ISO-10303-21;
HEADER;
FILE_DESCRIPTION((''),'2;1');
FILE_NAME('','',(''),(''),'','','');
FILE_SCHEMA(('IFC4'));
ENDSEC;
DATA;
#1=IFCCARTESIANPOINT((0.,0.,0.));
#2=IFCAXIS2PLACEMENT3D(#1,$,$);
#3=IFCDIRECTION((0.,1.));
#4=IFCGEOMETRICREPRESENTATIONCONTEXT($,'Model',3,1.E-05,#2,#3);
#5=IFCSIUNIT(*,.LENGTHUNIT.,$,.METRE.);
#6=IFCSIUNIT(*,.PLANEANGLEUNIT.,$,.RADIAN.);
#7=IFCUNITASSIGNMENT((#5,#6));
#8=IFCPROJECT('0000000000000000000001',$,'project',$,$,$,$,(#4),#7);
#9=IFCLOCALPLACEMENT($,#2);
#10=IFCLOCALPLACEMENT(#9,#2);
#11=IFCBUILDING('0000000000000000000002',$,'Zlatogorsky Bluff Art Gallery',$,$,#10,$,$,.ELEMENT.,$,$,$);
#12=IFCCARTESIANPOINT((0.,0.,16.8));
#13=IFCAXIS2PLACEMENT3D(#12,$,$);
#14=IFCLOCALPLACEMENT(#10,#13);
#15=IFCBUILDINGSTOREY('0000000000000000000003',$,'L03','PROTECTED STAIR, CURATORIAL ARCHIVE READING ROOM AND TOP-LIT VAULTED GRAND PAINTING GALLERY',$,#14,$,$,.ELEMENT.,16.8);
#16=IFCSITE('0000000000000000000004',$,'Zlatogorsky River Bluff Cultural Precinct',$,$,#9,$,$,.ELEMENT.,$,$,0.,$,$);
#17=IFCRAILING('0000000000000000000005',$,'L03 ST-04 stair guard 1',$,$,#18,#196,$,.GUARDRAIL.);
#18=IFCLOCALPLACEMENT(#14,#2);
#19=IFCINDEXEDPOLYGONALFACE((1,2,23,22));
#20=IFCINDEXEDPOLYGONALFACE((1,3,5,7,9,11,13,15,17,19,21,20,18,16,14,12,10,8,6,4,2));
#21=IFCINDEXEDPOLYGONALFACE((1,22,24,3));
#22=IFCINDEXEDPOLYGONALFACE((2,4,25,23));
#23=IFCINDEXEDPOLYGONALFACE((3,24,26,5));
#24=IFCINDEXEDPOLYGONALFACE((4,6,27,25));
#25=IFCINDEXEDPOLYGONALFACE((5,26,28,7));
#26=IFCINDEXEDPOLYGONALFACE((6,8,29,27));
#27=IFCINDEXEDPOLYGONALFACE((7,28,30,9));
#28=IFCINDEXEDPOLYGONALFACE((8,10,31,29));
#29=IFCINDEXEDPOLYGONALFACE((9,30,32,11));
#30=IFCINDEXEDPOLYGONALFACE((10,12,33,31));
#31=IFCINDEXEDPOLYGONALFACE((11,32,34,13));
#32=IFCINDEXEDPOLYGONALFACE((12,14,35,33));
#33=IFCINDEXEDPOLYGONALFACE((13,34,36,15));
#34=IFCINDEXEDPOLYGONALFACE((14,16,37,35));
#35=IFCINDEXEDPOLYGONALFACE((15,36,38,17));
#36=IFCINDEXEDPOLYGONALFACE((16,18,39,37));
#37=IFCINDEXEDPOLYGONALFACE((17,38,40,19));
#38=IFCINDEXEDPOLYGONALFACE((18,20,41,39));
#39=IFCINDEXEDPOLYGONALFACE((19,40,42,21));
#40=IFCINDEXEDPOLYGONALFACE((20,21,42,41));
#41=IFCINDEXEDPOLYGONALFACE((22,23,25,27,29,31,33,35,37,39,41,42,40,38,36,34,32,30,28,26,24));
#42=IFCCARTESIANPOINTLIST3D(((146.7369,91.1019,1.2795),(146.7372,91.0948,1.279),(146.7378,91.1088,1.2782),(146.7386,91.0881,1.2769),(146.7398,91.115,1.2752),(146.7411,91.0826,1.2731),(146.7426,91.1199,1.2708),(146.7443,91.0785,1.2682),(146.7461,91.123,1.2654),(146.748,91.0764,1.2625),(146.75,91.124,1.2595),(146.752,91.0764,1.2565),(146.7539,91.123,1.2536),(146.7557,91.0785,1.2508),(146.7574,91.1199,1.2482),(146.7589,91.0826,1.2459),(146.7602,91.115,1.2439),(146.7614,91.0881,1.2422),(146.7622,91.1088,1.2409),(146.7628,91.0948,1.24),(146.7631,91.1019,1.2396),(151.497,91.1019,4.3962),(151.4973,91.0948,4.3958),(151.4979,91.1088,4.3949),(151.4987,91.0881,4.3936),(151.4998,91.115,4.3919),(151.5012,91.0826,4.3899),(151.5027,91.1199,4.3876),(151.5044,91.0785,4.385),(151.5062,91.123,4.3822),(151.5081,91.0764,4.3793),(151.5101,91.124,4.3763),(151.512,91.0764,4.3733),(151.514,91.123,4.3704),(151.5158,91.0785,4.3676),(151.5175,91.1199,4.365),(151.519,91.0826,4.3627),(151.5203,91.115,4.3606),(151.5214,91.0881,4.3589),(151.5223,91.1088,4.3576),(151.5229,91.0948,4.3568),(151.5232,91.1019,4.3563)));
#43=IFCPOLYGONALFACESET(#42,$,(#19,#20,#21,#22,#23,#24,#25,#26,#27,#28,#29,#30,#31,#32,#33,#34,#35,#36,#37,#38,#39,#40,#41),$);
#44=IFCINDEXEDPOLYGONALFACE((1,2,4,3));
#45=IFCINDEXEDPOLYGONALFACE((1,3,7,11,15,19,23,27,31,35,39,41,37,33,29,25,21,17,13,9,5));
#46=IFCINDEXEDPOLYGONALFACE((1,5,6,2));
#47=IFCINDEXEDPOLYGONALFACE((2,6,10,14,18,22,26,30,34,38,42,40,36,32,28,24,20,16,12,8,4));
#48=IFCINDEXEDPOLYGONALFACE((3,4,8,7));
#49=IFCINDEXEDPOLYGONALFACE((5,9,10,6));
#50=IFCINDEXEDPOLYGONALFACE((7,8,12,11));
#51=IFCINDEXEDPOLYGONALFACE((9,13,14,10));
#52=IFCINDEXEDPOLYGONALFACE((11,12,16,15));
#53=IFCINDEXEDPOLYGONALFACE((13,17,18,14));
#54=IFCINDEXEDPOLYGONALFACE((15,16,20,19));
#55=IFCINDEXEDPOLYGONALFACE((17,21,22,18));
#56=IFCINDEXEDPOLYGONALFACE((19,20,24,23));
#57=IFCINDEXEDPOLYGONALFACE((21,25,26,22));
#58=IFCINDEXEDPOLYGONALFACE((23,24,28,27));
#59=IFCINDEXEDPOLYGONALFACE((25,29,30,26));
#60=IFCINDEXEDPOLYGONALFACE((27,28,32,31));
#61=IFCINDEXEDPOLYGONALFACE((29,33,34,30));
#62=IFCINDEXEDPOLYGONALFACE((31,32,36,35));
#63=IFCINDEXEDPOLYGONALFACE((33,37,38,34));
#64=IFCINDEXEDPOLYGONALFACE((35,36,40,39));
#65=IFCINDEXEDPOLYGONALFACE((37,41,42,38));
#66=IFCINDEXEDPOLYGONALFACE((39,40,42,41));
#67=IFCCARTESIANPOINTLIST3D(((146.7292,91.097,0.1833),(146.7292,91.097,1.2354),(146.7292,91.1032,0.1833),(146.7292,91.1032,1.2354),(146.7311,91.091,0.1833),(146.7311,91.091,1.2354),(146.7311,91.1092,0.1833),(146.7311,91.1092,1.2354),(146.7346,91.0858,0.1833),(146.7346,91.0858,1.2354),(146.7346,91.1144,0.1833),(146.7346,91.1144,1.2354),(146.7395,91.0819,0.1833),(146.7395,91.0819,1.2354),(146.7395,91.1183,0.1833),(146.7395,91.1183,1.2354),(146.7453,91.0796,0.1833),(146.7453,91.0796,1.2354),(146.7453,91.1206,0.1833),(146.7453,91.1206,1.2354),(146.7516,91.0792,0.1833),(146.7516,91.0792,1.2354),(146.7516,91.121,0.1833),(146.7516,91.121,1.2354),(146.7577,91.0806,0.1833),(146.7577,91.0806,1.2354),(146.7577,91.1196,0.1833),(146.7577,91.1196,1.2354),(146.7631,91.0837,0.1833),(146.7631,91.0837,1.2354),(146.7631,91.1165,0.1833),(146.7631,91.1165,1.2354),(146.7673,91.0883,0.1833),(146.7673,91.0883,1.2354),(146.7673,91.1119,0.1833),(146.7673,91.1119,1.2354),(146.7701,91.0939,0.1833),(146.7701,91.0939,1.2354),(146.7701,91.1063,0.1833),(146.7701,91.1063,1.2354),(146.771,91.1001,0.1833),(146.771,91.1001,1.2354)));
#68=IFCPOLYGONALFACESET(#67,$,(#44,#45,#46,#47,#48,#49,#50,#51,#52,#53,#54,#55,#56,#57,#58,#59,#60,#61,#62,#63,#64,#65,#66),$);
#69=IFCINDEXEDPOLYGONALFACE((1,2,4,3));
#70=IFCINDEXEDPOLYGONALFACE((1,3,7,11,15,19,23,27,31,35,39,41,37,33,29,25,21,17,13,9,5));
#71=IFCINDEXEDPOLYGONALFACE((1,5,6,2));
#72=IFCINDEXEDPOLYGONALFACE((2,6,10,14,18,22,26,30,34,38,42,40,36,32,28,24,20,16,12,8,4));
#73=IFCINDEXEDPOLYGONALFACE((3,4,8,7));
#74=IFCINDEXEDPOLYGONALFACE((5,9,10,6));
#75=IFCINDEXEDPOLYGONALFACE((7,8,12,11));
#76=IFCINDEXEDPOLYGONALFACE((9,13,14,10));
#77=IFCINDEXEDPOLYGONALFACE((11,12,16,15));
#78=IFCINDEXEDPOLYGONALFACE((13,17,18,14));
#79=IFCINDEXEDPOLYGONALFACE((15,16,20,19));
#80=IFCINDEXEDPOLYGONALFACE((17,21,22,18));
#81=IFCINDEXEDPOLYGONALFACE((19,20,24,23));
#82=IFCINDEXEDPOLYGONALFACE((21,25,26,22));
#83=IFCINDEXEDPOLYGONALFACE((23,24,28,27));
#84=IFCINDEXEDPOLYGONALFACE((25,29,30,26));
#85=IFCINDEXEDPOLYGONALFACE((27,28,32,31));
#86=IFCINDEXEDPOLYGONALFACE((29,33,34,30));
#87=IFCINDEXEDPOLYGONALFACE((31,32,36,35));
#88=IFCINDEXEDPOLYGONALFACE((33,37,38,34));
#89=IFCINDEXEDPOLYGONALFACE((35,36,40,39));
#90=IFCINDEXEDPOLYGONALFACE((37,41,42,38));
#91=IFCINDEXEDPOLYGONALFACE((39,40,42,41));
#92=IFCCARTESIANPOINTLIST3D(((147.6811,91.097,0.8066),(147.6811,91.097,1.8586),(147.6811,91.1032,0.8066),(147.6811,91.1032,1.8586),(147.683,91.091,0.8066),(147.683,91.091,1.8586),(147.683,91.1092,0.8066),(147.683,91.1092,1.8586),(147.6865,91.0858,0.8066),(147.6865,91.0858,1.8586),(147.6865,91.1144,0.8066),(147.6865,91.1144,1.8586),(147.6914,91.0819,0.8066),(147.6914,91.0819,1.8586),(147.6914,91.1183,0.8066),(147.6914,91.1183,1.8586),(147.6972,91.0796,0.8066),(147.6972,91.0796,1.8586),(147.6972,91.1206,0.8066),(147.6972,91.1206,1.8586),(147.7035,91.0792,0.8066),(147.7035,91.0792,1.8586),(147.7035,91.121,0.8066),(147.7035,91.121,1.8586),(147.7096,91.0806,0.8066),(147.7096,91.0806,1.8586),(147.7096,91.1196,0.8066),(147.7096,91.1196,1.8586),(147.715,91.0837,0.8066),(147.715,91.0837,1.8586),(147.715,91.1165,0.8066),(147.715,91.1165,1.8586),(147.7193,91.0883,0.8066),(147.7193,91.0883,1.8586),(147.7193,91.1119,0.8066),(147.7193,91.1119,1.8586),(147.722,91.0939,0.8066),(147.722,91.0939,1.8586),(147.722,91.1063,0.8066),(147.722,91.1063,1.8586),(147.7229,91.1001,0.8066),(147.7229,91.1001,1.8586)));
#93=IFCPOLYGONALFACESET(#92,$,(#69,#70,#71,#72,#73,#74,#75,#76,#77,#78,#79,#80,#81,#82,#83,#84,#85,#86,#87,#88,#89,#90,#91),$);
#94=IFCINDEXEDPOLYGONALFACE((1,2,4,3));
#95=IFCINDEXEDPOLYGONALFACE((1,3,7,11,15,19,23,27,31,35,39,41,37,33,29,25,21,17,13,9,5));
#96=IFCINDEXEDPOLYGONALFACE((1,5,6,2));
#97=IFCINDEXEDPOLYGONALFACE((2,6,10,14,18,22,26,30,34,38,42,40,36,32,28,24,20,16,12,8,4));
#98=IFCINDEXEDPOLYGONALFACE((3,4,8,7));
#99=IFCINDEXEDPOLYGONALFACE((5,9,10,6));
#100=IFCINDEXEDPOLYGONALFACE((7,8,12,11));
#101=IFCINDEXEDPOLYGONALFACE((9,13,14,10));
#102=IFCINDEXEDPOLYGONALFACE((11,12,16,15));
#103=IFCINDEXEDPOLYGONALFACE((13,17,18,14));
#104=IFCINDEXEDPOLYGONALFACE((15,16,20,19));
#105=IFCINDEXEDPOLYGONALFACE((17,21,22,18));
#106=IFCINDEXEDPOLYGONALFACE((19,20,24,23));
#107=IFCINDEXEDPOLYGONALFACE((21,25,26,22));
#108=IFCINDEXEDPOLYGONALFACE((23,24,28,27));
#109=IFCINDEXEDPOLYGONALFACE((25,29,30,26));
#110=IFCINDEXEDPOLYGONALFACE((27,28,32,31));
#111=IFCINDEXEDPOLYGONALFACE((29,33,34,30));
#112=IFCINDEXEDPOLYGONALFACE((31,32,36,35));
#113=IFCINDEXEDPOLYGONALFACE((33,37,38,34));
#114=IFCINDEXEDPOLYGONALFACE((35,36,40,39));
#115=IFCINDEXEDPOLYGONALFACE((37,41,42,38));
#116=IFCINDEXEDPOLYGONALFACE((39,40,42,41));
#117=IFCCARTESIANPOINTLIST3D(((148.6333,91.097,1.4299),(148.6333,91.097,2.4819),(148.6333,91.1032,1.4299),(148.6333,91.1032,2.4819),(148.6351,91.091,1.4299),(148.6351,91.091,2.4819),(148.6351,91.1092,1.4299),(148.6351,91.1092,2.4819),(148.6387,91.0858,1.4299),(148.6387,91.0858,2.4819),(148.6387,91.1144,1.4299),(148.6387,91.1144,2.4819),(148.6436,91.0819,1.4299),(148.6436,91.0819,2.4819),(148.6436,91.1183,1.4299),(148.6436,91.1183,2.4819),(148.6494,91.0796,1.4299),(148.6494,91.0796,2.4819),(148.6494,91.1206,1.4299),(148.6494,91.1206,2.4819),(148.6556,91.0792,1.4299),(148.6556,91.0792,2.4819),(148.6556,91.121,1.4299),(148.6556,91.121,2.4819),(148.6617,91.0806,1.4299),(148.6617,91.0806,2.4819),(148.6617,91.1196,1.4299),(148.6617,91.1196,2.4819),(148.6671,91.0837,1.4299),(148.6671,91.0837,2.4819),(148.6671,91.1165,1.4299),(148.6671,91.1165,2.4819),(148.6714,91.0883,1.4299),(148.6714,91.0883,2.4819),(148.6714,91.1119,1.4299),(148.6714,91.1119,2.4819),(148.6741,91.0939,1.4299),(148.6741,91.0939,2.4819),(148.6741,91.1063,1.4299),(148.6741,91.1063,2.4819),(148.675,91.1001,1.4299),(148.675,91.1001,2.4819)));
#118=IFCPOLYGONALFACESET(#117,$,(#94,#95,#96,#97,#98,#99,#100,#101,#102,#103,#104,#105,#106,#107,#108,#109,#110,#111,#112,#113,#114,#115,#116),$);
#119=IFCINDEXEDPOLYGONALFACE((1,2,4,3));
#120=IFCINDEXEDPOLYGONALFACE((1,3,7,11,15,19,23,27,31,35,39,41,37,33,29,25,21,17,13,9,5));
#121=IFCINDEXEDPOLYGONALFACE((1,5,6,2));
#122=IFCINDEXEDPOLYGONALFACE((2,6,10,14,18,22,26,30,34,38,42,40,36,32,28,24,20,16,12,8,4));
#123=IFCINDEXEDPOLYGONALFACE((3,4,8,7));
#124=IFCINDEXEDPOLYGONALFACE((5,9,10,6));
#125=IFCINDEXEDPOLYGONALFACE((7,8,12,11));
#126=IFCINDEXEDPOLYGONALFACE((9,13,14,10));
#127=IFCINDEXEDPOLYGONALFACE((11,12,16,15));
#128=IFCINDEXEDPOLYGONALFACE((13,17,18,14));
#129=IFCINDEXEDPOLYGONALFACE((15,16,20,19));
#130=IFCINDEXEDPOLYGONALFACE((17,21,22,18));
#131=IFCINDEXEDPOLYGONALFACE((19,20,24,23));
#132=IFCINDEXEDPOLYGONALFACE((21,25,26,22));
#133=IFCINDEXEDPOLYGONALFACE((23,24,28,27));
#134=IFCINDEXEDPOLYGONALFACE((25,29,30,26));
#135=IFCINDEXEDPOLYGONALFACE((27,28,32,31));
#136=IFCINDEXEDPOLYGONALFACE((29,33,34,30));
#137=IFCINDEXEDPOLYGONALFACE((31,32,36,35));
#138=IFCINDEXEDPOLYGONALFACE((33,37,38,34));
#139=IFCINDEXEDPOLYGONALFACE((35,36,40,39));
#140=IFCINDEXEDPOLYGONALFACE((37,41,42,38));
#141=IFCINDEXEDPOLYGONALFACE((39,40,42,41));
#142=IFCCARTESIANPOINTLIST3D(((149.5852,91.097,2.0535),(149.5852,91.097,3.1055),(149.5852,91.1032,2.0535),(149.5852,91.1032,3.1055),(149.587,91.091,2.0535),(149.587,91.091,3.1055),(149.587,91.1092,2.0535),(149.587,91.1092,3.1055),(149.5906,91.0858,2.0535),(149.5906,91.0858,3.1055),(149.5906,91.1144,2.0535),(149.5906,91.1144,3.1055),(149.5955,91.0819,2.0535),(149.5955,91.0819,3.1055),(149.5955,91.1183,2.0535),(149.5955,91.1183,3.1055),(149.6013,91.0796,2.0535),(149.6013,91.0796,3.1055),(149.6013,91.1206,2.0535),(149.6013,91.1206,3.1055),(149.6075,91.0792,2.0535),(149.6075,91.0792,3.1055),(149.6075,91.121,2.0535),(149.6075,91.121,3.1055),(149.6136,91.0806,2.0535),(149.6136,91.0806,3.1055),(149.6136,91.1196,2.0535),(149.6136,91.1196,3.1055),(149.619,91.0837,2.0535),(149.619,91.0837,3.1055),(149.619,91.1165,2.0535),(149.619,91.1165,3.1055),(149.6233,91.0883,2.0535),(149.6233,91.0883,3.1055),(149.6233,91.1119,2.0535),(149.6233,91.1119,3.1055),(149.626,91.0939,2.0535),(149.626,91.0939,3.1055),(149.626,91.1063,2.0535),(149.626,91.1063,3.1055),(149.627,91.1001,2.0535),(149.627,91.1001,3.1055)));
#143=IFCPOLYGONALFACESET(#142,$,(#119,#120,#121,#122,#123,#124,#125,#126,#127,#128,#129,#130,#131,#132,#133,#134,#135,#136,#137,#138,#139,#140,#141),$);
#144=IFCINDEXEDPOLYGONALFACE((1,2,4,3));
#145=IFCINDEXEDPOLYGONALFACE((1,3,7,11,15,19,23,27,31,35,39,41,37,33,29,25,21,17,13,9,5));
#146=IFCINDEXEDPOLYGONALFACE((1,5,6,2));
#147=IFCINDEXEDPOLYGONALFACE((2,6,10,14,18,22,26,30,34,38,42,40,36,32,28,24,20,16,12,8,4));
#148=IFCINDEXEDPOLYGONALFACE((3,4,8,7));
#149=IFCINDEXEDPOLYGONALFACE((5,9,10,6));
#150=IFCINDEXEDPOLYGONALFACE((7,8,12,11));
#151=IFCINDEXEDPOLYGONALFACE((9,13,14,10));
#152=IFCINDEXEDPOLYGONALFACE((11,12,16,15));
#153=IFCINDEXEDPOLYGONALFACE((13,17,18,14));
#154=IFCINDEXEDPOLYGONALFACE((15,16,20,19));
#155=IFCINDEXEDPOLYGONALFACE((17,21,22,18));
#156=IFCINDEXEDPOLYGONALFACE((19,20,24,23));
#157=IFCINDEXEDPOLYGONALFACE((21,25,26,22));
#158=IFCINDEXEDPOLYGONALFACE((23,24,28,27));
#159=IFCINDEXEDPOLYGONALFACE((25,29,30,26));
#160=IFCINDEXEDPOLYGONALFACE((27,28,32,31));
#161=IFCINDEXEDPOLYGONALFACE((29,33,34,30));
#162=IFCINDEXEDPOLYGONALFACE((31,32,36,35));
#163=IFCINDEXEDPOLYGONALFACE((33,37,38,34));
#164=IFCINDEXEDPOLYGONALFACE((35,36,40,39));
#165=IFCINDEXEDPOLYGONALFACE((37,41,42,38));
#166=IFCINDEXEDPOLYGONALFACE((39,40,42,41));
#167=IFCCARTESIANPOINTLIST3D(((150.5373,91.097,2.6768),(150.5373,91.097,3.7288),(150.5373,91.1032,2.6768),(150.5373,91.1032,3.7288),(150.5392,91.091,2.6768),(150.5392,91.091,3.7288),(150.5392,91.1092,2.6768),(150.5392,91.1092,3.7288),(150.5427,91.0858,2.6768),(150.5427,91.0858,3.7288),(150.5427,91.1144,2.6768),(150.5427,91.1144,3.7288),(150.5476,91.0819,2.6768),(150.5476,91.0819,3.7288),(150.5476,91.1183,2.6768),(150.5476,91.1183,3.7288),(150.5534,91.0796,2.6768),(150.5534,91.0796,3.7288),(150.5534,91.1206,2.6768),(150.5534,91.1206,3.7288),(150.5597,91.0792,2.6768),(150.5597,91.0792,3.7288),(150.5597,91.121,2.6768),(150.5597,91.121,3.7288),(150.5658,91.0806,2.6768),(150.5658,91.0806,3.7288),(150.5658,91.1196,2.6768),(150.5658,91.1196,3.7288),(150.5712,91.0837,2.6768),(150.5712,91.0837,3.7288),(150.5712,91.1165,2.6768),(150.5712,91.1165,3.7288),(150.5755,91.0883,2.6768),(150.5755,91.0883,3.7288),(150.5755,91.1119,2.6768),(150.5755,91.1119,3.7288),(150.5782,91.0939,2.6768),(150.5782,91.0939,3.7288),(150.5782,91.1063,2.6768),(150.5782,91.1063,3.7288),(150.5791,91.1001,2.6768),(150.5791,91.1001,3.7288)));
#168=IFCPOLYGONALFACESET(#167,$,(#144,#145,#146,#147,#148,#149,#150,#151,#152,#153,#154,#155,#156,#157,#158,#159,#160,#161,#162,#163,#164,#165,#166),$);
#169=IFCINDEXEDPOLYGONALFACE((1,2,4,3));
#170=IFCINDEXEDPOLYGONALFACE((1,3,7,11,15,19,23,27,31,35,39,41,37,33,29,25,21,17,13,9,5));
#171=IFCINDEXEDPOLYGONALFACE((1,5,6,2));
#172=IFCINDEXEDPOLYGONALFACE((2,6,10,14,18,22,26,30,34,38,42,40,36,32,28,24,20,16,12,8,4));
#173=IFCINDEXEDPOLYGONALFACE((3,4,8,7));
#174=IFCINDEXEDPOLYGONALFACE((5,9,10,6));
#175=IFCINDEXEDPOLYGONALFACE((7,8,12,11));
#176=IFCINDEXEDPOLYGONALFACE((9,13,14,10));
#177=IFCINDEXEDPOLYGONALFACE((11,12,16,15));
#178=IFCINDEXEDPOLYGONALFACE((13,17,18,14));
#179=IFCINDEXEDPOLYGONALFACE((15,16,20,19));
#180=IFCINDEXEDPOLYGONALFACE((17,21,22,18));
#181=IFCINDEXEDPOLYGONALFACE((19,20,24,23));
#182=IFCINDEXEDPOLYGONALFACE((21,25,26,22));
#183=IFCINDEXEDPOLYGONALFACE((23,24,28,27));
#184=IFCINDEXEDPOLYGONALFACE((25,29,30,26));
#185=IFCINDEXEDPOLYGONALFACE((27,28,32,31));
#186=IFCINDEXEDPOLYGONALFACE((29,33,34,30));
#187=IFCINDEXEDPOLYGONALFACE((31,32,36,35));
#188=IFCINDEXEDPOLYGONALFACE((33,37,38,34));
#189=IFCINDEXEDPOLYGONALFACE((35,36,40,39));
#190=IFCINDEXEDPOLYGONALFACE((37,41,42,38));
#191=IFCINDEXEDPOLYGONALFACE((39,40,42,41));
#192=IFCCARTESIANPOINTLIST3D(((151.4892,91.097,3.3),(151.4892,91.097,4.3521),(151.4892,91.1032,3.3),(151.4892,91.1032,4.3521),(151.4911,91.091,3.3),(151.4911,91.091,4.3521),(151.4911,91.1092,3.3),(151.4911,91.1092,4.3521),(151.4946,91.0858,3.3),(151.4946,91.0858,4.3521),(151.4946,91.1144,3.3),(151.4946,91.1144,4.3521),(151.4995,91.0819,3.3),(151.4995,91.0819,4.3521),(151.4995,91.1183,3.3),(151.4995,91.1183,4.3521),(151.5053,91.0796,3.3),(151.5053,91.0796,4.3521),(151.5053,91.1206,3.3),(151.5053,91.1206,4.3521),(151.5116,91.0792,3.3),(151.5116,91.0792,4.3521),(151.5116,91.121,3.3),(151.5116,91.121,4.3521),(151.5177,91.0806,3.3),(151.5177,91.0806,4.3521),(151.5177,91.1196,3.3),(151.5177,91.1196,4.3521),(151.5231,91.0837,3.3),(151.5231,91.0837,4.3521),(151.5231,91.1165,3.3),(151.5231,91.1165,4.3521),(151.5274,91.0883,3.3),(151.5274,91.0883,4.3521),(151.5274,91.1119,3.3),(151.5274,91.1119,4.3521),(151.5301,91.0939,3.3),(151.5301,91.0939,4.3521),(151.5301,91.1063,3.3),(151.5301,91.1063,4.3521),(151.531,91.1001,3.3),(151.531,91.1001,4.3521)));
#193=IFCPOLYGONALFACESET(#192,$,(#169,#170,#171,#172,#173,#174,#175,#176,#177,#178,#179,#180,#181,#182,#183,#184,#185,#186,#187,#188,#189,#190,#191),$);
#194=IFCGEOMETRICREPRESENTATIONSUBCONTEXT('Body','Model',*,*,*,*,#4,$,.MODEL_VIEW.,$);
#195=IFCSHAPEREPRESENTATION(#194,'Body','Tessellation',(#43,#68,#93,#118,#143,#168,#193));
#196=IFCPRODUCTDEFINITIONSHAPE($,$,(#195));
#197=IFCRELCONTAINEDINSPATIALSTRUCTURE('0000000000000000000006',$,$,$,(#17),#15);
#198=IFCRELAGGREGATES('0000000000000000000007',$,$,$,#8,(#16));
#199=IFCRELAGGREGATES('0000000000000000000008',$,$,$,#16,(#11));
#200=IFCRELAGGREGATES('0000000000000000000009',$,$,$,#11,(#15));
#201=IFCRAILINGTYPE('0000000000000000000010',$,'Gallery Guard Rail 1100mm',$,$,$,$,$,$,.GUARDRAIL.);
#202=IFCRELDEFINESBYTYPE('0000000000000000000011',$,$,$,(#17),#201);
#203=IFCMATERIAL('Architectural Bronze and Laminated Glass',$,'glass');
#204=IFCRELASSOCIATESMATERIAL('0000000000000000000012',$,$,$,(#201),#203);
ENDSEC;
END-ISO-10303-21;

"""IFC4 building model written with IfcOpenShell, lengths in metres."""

from ifc_helpers import new_model, si_unit, direction, frame, origin, origin_2d, place, context, subcontext, project, spatial, circle, extrude, material, type_object, element, save


model = new_model("IFC4")

# Units and contexts
model_context = context("Model", 3, precision=1e-05, world=origin(), true_north=direction((0.0, 1.0)))
body_context = subcontext(model_context, "Body", "Model", "MODEL_VIEW")
ifc_project = project(units=[si_unit("LENGTHUNIT", "METRE"), si_unit("PLANEANGLEUNIT", "RADIAN")], contexts=[model_context])

# Site, building, storey
site_placement = place(None, origin())
site = spatial("IfcSite", under=ifc_project, at=site_placement, Name="Zlatogorsky River Bluff Cultural Precinct", CompositionType="ELEMENT", RefElevation=0.0)
building_placement = place(site_placement, origin())
building = spatial("IfcBuilding", under=site, at=building_placement, Name="Zlatogorsky Bluff Art Gallery", CompositionType="ELEMENT")
storey_placement = place(building_placement, frame((0.0, 0.0, 16.8)))
storey = spatial("IfcBuildingStorey", under=building, at=storey_placement, Name="L03", Description="PROTECTED STAIR, CURATORIAL ARCHIVE READING ROOM AND TOP-LIT VAULTED GRAND PAINTING GALLERY", CompositionType="ELEMENT", Elevation=16.8)

# Railing
ifc_material_1 = material(Name="Architectural Bronze and Laminated Glass", Category="glass")
railing_type_1 = type_object("IfcRailingType", Name="Gallery Guard Rail 1100mm", PredefinedType="GUARDRAIL", material=ifc_material_1)
railing_1_placement = place(storey_placement, frame((146.75, 91.1001, 0.1833)))
element("IfcRailing", 1, at=railing_1_placement, inside=storey, type_object=railing_type_1, Name="L03 ST-04 stair guard 1", PredefinedType="GUARDRAIL", context=body_context, shape_type="SweptSolid", body=[
    extrude(circle(Radius=0.0239, at=origin_2d()), frame((0.0, 0.0, 1.0762), z_axis=(0.836616, 0.0, 0.547789), x_axis=(0.0, 1.0, 0.0)), (0.0, 0.0, 1.0), 5.6897),
    extrude(circle(Radius=0.021, at=origin_2d()), origin(), (0.0, 0.0, 1.0), 1.052),
    extrude(circle(Radius=0.021, at=origin_2d()), frame((0.9519, 0.0, 0.6233)), (0.0, 0.0, 1.0), 1.052),
    extrude(circle(Radius=0.021, at=origin_2d()), frame((1.9041, 0.0, 1.2466)), (0.0, 0.0, 1.0), 1.052),
    extrude(circle(Radius=0.021, at=origin_2d()), frame((2.856, 0.0, 1.8701)), (0.0, 0.0, 1.0), 1.052),
    extrude(circle(Radius=0.021, at=origin_2d()), frame((3.8081, 0.0, 2.4934)), (0.0, 0.0, 1.0), 1.052),
    extrude(circle(Radius=0.021, at=origin_2d()), frame((4.76, 0.0, 3.1167)), (0.0, 0.0, 1.0), 1.052),
])

save(model, "model.ifc")
